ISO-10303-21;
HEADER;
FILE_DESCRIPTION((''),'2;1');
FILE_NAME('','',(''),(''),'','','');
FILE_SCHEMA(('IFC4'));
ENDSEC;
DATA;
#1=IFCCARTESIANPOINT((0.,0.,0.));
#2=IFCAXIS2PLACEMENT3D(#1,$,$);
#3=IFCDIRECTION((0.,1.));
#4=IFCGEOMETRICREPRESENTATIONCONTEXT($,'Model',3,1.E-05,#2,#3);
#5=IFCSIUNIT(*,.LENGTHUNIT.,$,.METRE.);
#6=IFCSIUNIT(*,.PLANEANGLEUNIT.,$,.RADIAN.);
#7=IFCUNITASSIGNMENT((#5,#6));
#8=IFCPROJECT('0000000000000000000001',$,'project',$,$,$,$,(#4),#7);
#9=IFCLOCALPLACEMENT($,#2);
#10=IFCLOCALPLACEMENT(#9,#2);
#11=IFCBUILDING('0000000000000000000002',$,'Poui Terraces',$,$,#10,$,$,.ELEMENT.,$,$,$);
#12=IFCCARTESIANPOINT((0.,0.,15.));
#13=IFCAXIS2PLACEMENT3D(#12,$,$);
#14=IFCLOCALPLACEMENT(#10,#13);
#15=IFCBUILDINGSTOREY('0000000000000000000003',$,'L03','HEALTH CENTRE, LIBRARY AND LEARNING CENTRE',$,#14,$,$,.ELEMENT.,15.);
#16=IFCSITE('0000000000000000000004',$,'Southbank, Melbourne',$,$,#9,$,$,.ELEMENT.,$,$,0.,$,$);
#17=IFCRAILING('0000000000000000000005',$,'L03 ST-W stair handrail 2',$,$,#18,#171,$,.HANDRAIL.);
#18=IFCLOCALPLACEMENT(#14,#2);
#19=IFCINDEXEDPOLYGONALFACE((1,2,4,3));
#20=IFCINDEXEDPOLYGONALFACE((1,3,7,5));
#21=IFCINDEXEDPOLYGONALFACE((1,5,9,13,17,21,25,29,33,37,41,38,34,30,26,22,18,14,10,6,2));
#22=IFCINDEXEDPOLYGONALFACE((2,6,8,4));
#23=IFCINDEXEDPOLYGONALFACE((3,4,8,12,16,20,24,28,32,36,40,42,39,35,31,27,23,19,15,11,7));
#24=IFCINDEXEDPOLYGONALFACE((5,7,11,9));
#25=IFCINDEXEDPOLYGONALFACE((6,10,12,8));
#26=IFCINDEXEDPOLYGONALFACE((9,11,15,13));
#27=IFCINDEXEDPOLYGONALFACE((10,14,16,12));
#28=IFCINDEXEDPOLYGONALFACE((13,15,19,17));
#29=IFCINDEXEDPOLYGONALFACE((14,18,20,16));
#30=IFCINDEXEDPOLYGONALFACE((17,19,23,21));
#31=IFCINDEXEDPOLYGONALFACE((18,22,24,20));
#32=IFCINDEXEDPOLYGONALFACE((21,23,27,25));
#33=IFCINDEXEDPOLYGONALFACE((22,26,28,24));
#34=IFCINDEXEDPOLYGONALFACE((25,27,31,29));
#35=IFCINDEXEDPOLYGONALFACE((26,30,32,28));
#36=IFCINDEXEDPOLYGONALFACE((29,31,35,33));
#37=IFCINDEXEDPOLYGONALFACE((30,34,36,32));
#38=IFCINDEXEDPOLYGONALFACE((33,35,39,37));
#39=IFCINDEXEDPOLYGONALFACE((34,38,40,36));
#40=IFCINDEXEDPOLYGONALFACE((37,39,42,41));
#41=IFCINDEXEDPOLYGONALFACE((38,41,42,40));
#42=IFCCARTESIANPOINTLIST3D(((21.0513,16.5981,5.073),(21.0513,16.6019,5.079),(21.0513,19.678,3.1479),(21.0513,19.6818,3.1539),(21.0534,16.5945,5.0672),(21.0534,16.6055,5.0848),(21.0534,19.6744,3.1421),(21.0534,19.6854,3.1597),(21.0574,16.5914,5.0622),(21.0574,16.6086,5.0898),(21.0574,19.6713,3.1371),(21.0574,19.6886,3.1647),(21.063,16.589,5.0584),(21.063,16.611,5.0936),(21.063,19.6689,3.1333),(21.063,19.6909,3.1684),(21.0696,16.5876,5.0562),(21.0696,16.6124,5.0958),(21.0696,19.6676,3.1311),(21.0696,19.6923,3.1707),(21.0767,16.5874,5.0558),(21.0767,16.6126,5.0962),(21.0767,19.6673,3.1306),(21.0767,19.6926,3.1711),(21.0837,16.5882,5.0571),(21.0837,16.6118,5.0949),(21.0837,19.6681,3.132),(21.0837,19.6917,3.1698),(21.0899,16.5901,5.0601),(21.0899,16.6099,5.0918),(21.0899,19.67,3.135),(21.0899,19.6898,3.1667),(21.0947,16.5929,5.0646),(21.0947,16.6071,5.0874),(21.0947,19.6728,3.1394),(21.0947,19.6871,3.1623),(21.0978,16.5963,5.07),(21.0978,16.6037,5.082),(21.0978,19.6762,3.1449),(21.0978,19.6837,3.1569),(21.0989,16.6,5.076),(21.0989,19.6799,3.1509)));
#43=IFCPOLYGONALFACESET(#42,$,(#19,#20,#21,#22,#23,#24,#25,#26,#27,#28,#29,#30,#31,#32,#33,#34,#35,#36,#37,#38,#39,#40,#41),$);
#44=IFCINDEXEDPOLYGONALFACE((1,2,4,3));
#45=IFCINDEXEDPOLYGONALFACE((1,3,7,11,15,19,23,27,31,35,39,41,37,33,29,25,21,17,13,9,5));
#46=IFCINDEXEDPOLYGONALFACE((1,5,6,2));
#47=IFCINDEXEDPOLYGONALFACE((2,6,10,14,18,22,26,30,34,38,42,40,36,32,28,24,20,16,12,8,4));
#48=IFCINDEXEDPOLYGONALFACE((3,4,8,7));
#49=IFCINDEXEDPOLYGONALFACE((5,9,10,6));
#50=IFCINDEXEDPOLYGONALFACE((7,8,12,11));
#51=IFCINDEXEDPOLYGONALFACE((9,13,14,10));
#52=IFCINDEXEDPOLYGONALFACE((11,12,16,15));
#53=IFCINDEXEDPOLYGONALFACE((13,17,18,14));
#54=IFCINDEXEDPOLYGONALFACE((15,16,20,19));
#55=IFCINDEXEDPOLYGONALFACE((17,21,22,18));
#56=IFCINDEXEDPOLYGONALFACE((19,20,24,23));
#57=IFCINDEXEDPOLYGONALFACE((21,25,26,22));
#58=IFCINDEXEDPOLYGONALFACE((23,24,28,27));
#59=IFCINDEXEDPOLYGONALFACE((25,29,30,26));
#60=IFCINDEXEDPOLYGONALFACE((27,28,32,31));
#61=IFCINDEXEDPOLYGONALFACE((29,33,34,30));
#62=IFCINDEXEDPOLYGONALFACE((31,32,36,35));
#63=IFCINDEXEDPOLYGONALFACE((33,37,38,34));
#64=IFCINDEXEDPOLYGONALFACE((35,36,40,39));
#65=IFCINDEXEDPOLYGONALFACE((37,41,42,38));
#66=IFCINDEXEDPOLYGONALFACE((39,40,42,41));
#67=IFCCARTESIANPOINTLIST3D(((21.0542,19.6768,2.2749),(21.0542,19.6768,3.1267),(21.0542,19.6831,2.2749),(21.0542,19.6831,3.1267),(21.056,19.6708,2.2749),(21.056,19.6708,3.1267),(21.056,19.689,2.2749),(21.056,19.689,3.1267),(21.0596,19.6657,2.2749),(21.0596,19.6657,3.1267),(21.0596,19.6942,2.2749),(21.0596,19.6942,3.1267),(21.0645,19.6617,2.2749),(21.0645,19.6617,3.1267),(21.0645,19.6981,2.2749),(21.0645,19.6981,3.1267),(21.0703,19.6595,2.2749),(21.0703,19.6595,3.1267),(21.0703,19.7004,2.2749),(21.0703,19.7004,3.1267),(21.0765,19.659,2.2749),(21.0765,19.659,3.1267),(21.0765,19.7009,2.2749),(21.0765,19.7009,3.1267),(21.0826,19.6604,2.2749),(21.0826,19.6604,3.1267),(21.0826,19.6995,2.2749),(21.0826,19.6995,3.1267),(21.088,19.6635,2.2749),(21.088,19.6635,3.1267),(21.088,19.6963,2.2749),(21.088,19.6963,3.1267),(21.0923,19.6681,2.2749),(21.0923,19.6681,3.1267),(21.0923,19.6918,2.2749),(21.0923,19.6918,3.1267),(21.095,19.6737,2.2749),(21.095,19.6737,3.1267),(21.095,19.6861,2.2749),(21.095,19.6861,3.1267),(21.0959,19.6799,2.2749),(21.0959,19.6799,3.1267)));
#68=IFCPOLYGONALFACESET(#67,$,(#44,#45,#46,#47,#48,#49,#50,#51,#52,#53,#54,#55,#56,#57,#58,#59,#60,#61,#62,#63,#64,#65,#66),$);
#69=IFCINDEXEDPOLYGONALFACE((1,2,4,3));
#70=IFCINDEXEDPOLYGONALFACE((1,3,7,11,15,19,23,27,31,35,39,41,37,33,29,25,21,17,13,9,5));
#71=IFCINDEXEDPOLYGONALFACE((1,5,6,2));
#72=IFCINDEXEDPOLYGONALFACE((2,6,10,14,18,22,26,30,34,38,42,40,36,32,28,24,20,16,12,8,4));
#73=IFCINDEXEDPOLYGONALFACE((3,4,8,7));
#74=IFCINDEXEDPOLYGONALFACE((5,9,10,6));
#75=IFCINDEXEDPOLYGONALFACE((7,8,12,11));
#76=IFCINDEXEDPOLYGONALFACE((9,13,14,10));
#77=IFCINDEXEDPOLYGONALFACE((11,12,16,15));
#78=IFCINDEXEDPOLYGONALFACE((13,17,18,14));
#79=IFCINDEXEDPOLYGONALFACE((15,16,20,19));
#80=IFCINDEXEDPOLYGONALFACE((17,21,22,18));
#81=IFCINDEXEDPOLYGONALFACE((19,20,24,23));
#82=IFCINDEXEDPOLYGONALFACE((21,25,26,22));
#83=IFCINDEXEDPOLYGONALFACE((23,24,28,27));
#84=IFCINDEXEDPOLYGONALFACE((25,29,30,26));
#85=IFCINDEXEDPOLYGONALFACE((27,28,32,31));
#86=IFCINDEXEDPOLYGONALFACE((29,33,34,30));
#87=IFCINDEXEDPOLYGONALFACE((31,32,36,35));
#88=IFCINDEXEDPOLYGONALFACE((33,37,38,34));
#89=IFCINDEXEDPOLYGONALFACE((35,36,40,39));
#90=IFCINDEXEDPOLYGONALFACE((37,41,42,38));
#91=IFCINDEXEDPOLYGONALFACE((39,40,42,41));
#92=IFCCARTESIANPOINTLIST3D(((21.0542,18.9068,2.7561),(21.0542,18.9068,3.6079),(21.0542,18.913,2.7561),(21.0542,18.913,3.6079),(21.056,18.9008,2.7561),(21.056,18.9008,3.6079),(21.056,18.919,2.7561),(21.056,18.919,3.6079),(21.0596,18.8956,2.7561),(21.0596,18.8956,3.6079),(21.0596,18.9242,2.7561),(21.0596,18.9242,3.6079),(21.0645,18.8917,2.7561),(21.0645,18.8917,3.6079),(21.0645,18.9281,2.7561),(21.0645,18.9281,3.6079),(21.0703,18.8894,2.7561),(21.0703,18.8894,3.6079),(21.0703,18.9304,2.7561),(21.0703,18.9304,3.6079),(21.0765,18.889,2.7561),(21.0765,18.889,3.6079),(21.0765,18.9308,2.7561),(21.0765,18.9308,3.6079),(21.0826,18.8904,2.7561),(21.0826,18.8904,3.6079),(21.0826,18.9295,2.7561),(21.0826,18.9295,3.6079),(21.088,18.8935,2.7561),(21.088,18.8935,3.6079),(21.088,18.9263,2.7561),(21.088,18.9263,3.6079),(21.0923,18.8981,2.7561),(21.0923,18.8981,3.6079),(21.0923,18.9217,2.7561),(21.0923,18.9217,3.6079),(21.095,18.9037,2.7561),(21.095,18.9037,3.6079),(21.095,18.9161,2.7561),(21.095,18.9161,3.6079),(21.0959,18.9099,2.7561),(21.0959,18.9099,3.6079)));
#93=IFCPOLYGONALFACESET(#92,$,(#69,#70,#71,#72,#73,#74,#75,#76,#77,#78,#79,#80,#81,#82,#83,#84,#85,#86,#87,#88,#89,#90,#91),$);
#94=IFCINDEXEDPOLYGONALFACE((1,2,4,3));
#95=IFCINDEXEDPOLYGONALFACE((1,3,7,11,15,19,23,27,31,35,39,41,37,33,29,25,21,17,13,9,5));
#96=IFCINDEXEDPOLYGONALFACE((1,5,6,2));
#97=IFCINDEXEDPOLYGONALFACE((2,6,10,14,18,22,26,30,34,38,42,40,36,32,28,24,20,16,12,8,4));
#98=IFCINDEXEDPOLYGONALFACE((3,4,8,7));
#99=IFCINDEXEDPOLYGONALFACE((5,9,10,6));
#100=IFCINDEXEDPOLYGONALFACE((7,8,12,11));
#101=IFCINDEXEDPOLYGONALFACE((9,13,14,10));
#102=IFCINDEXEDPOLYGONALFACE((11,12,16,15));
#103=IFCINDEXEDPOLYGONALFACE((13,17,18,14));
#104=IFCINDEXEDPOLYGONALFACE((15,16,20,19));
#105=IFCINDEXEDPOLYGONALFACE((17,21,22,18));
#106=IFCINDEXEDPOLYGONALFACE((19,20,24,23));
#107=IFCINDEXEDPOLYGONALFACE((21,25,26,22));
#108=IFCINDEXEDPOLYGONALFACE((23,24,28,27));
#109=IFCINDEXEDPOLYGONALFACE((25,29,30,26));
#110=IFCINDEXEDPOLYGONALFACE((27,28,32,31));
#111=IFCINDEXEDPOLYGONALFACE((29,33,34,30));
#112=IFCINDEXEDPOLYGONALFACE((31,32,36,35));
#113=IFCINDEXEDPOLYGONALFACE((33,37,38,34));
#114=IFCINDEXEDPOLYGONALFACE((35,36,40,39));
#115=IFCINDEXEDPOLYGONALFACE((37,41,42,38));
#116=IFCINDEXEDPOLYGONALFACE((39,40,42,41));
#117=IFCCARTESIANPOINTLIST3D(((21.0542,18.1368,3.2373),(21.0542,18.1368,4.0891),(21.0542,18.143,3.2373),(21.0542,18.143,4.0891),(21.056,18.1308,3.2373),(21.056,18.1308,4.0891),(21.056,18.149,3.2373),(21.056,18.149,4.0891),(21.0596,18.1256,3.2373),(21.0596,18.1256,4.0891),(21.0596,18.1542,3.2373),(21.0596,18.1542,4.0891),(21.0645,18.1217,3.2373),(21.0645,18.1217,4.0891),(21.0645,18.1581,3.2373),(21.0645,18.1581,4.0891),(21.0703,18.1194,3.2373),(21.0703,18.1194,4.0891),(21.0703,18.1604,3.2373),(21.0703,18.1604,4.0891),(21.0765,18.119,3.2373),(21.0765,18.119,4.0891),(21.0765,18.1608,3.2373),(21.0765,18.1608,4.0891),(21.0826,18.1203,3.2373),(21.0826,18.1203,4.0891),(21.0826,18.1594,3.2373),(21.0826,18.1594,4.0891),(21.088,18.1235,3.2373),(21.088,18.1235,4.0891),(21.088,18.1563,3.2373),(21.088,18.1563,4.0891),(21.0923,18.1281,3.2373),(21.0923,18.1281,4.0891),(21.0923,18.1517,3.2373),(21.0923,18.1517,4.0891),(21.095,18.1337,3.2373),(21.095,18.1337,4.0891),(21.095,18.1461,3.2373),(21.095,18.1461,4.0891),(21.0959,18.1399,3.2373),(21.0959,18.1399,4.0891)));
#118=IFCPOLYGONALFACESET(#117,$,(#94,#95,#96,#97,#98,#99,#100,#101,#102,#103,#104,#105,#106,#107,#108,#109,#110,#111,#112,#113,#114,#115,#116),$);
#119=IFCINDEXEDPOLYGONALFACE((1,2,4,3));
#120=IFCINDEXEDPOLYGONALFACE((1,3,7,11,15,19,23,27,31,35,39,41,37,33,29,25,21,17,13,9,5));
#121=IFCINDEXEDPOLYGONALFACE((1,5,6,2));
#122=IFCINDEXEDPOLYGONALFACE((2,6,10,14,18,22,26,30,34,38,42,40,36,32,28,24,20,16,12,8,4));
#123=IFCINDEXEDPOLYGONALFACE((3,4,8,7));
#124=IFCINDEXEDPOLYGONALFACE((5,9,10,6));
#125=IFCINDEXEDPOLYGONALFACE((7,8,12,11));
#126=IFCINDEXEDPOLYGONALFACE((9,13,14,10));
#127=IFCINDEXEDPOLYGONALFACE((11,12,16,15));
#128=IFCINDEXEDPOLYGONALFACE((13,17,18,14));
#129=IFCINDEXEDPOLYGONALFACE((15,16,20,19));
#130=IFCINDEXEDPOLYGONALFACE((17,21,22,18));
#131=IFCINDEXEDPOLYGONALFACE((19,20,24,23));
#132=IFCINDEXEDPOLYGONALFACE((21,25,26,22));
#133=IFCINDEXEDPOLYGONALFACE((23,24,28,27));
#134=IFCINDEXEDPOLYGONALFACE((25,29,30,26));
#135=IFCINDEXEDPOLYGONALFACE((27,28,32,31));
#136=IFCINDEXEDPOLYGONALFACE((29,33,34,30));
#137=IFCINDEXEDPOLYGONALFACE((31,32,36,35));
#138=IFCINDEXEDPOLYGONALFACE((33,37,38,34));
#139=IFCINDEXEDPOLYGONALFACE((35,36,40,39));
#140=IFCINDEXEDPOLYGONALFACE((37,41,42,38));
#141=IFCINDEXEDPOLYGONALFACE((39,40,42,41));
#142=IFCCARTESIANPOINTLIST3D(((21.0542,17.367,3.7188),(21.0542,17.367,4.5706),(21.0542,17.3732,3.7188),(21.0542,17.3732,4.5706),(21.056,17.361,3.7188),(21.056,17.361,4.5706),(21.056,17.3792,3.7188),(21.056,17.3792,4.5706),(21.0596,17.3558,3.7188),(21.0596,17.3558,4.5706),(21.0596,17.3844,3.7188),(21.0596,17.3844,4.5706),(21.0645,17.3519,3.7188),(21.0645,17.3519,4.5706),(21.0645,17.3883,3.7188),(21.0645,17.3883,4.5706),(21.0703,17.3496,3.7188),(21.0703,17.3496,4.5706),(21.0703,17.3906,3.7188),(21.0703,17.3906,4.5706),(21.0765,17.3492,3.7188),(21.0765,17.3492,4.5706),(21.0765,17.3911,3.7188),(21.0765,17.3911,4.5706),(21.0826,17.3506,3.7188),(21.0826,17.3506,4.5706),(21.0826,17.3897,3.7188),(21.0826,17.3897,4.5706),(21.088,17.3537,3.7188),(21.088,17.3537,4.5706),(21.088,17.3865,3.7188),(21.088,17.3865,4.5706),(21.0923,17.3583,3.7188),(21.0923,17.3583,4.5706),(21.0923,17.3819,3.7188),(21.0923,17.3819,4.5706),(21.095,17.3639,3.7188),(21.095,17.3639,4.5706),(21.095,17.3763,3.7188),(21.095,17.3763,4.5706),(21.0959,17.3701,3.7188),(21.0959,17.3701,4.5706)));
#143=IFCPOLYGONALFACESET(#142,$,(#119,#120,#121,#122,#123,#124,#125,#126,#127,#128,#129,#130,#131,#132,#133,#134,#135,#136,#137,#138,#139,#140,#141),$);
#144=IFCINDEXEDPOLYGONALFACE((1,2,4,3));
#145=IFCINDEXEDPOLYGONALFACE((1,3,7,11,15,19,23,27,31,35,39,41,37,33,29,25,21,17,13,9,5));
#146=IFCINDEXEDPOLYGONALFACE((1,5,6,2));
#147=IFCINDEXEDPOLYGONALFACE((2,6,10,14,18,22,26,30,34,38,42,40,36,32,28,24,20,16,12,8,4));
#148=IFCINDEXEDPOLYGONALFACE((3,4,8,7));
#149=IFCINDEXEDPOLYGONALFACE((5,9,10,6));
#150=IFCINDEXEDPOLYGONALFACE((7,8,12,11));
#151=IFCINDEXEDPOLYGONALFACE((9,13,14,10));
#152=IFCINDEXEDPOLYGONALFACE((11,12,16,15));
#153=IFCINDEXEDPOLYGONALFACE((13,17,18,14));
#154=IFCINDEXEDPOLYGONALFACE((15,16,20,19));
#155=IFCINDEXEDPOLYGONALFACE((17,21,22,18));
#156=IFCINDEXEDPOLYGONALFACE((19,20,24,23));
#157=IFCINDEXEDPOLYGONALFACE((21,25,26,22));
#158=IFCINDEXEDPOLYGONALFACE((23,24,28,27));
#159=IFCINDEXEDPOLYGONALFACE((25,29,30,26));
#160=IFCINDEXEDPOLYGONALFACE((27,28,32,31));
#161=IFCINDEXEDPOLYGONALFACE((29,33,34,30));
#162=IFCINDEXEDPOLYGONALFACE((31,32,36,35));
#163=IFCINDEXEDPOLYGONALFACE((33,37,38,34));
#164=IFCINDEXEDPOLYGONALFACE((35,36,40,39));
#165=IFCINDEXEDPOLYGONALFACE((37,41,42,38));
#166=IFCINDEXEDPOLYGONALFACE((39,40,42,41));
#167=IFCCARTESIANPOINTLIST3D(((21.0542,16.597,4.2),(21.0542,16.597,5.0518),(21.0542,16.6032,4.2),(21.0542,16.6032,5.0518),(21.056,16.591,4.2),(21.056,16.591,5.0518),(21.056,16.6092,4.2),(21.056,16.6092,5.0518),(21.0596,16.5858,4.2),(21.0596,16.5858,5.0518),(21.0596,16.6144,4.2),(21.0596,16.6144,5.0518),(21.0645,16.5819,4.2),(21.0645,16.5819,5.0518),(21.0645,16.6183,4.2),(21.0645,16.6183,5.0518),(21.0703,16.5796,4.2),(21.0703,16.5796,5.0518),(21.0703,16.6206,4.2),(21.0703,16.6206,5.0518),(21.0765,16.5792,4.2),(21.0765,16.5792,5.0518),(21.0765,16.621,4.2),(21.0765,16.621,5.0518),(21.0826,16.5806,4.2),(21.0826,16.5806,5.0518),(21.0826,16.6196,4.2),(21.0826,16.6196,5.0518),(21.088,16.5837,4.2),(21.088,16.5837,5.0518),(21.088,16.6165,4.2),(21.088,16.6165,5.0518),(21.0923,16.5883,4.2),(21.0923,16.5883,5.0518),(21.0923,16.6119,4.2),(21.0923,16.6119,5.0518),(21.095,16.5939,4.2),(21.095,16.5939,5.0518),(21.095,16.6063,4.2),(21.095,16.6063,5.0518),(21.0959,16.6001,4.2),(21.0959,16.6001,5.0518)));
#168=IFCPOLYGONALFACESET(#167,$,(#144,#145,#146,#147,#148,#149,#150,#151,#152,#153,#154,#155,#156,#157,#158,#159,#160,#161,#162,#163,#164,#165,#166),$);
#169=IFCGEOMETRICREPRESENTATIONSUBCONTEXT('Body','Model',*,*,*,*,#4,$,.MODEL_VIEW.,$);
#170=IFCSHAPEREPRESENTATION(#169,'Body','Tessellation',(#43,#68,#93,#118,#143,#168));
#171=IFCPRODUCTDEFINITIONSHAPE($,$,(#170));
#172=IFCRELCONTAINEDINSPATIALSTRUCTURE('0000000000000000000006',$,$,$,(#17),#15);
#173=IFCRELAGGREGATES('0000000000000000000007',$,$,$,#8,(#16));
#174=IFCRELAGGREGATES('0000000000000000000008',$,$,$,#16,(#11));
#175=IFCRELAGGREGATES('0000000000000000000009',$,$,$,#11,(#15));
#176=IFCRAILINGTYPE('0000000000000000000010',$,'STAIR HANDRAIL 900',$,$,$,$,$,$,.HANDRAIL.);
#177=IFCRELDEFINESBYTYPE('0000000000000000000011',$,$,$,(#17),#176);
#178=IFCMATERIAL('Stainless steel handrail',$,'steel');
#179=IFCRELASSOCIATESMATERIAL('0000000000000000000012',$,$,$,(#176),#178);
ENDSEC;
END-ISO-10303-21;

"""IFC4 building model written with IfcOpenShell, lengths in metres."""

from ifc_helpers import new_model, si_unit, direction, frame, origin, origin_2d, place, context, subcontext, project, spatial, circle, extrude, material, type_object, element, save


model = new_model("IFC4")

# Units and contexts
model_context = context("Model", 3, precision=1e-05, world=origin(), true_north=direction((0.0, 1.0)))
body_context = subcontext(model_context, "Body", "Model", "MODEL_VIEW")
ifc_project = project(units=[si_unit("LENGTHUNIT", "METRE"), si_unit("PLANEANGLEUNIT", "RADIAN")], contexts=[model_context])

# Site, building, storey
site_placement = place(None, origin())
site = spatial("IfcSite", under=ifc_project, at=site_placement, Name="Southbank, Melbourne", CompositionType="ELEMENT", RefElevation=0.0)
building_placement = place(site_placement, origin())
building = spatial("IfcBuilding", under=site, at=building_placement, Name="Poui Terraces", CompositionType="ELEMENT")
storey_placement = place(building_placement, frame((0.0, 0.0, 15.0)))
storey = spatial("IfcBuildingStorey", under=building, at=storey_placement, Name="L03", Description="HEALTH CENTRE, LIBRARY AND LEARNING CENTRE", CompositionType="ELEMENT", Elevation=15.0)

# Railing
ifc_material_1 = material(Name="Stainless steel handrail", Category="steel")
railing_type_1 = type_object("IfcRailingType", Name="STAIR HANDRAIL 900", PredefinedType="HANDRAIL", material=ifc_material_1)
railing_1_placement = place(storey_placement, frame((21.075, 19.6799, 2.2749)))
element("IfcRailing", 1, at=railing_1_placement, inside=storey, type_object=railing_type_1, Name="L03 ST-W stair handrail 2", PredefinedType="HANDRAIL", context=body_context, shape_type="SweptSolid", body=[
    extrude(circle(Radius=0.0239, at=origin_2d()), frame((0.0, 0.0, 0.876), z_axis=(0.0, -0.847979, 0.530029), x_axis=(1.0, 0.0, 0.0)), (0.0, 0.0, 1.0), 3.6321),
    extrude(circle(Radius=0.021, at=origin_2d()), origin(), (0.0, 0.0, 1.0), 0.8518),
    extrude(circle(Radius=0.021, at=origin_2d()), frame((0.0, -0.77, 0.4812)), (0.0, 0.0, 1.0), 0.8518),
    extrude(circle(Radius=0.021, at=origin_2d()), frame((0.0, -1.54, 0.9624)), (0.0, 0.0, 1.0), 0.8518),
    extrude(circle(Radius=0.021, at=origin_2d()), frame((0.0, -2.3098, 1.4438)), (0.0, 0.0, 1.0), 0.8518),
    extrude(circle(Radius=0.021, at=origin_2d()), frame((0.0, -3.0798, 1.925)), (0.0, 0.0, 1.0), 0.8518),
])

save(model, "model.ifc")
